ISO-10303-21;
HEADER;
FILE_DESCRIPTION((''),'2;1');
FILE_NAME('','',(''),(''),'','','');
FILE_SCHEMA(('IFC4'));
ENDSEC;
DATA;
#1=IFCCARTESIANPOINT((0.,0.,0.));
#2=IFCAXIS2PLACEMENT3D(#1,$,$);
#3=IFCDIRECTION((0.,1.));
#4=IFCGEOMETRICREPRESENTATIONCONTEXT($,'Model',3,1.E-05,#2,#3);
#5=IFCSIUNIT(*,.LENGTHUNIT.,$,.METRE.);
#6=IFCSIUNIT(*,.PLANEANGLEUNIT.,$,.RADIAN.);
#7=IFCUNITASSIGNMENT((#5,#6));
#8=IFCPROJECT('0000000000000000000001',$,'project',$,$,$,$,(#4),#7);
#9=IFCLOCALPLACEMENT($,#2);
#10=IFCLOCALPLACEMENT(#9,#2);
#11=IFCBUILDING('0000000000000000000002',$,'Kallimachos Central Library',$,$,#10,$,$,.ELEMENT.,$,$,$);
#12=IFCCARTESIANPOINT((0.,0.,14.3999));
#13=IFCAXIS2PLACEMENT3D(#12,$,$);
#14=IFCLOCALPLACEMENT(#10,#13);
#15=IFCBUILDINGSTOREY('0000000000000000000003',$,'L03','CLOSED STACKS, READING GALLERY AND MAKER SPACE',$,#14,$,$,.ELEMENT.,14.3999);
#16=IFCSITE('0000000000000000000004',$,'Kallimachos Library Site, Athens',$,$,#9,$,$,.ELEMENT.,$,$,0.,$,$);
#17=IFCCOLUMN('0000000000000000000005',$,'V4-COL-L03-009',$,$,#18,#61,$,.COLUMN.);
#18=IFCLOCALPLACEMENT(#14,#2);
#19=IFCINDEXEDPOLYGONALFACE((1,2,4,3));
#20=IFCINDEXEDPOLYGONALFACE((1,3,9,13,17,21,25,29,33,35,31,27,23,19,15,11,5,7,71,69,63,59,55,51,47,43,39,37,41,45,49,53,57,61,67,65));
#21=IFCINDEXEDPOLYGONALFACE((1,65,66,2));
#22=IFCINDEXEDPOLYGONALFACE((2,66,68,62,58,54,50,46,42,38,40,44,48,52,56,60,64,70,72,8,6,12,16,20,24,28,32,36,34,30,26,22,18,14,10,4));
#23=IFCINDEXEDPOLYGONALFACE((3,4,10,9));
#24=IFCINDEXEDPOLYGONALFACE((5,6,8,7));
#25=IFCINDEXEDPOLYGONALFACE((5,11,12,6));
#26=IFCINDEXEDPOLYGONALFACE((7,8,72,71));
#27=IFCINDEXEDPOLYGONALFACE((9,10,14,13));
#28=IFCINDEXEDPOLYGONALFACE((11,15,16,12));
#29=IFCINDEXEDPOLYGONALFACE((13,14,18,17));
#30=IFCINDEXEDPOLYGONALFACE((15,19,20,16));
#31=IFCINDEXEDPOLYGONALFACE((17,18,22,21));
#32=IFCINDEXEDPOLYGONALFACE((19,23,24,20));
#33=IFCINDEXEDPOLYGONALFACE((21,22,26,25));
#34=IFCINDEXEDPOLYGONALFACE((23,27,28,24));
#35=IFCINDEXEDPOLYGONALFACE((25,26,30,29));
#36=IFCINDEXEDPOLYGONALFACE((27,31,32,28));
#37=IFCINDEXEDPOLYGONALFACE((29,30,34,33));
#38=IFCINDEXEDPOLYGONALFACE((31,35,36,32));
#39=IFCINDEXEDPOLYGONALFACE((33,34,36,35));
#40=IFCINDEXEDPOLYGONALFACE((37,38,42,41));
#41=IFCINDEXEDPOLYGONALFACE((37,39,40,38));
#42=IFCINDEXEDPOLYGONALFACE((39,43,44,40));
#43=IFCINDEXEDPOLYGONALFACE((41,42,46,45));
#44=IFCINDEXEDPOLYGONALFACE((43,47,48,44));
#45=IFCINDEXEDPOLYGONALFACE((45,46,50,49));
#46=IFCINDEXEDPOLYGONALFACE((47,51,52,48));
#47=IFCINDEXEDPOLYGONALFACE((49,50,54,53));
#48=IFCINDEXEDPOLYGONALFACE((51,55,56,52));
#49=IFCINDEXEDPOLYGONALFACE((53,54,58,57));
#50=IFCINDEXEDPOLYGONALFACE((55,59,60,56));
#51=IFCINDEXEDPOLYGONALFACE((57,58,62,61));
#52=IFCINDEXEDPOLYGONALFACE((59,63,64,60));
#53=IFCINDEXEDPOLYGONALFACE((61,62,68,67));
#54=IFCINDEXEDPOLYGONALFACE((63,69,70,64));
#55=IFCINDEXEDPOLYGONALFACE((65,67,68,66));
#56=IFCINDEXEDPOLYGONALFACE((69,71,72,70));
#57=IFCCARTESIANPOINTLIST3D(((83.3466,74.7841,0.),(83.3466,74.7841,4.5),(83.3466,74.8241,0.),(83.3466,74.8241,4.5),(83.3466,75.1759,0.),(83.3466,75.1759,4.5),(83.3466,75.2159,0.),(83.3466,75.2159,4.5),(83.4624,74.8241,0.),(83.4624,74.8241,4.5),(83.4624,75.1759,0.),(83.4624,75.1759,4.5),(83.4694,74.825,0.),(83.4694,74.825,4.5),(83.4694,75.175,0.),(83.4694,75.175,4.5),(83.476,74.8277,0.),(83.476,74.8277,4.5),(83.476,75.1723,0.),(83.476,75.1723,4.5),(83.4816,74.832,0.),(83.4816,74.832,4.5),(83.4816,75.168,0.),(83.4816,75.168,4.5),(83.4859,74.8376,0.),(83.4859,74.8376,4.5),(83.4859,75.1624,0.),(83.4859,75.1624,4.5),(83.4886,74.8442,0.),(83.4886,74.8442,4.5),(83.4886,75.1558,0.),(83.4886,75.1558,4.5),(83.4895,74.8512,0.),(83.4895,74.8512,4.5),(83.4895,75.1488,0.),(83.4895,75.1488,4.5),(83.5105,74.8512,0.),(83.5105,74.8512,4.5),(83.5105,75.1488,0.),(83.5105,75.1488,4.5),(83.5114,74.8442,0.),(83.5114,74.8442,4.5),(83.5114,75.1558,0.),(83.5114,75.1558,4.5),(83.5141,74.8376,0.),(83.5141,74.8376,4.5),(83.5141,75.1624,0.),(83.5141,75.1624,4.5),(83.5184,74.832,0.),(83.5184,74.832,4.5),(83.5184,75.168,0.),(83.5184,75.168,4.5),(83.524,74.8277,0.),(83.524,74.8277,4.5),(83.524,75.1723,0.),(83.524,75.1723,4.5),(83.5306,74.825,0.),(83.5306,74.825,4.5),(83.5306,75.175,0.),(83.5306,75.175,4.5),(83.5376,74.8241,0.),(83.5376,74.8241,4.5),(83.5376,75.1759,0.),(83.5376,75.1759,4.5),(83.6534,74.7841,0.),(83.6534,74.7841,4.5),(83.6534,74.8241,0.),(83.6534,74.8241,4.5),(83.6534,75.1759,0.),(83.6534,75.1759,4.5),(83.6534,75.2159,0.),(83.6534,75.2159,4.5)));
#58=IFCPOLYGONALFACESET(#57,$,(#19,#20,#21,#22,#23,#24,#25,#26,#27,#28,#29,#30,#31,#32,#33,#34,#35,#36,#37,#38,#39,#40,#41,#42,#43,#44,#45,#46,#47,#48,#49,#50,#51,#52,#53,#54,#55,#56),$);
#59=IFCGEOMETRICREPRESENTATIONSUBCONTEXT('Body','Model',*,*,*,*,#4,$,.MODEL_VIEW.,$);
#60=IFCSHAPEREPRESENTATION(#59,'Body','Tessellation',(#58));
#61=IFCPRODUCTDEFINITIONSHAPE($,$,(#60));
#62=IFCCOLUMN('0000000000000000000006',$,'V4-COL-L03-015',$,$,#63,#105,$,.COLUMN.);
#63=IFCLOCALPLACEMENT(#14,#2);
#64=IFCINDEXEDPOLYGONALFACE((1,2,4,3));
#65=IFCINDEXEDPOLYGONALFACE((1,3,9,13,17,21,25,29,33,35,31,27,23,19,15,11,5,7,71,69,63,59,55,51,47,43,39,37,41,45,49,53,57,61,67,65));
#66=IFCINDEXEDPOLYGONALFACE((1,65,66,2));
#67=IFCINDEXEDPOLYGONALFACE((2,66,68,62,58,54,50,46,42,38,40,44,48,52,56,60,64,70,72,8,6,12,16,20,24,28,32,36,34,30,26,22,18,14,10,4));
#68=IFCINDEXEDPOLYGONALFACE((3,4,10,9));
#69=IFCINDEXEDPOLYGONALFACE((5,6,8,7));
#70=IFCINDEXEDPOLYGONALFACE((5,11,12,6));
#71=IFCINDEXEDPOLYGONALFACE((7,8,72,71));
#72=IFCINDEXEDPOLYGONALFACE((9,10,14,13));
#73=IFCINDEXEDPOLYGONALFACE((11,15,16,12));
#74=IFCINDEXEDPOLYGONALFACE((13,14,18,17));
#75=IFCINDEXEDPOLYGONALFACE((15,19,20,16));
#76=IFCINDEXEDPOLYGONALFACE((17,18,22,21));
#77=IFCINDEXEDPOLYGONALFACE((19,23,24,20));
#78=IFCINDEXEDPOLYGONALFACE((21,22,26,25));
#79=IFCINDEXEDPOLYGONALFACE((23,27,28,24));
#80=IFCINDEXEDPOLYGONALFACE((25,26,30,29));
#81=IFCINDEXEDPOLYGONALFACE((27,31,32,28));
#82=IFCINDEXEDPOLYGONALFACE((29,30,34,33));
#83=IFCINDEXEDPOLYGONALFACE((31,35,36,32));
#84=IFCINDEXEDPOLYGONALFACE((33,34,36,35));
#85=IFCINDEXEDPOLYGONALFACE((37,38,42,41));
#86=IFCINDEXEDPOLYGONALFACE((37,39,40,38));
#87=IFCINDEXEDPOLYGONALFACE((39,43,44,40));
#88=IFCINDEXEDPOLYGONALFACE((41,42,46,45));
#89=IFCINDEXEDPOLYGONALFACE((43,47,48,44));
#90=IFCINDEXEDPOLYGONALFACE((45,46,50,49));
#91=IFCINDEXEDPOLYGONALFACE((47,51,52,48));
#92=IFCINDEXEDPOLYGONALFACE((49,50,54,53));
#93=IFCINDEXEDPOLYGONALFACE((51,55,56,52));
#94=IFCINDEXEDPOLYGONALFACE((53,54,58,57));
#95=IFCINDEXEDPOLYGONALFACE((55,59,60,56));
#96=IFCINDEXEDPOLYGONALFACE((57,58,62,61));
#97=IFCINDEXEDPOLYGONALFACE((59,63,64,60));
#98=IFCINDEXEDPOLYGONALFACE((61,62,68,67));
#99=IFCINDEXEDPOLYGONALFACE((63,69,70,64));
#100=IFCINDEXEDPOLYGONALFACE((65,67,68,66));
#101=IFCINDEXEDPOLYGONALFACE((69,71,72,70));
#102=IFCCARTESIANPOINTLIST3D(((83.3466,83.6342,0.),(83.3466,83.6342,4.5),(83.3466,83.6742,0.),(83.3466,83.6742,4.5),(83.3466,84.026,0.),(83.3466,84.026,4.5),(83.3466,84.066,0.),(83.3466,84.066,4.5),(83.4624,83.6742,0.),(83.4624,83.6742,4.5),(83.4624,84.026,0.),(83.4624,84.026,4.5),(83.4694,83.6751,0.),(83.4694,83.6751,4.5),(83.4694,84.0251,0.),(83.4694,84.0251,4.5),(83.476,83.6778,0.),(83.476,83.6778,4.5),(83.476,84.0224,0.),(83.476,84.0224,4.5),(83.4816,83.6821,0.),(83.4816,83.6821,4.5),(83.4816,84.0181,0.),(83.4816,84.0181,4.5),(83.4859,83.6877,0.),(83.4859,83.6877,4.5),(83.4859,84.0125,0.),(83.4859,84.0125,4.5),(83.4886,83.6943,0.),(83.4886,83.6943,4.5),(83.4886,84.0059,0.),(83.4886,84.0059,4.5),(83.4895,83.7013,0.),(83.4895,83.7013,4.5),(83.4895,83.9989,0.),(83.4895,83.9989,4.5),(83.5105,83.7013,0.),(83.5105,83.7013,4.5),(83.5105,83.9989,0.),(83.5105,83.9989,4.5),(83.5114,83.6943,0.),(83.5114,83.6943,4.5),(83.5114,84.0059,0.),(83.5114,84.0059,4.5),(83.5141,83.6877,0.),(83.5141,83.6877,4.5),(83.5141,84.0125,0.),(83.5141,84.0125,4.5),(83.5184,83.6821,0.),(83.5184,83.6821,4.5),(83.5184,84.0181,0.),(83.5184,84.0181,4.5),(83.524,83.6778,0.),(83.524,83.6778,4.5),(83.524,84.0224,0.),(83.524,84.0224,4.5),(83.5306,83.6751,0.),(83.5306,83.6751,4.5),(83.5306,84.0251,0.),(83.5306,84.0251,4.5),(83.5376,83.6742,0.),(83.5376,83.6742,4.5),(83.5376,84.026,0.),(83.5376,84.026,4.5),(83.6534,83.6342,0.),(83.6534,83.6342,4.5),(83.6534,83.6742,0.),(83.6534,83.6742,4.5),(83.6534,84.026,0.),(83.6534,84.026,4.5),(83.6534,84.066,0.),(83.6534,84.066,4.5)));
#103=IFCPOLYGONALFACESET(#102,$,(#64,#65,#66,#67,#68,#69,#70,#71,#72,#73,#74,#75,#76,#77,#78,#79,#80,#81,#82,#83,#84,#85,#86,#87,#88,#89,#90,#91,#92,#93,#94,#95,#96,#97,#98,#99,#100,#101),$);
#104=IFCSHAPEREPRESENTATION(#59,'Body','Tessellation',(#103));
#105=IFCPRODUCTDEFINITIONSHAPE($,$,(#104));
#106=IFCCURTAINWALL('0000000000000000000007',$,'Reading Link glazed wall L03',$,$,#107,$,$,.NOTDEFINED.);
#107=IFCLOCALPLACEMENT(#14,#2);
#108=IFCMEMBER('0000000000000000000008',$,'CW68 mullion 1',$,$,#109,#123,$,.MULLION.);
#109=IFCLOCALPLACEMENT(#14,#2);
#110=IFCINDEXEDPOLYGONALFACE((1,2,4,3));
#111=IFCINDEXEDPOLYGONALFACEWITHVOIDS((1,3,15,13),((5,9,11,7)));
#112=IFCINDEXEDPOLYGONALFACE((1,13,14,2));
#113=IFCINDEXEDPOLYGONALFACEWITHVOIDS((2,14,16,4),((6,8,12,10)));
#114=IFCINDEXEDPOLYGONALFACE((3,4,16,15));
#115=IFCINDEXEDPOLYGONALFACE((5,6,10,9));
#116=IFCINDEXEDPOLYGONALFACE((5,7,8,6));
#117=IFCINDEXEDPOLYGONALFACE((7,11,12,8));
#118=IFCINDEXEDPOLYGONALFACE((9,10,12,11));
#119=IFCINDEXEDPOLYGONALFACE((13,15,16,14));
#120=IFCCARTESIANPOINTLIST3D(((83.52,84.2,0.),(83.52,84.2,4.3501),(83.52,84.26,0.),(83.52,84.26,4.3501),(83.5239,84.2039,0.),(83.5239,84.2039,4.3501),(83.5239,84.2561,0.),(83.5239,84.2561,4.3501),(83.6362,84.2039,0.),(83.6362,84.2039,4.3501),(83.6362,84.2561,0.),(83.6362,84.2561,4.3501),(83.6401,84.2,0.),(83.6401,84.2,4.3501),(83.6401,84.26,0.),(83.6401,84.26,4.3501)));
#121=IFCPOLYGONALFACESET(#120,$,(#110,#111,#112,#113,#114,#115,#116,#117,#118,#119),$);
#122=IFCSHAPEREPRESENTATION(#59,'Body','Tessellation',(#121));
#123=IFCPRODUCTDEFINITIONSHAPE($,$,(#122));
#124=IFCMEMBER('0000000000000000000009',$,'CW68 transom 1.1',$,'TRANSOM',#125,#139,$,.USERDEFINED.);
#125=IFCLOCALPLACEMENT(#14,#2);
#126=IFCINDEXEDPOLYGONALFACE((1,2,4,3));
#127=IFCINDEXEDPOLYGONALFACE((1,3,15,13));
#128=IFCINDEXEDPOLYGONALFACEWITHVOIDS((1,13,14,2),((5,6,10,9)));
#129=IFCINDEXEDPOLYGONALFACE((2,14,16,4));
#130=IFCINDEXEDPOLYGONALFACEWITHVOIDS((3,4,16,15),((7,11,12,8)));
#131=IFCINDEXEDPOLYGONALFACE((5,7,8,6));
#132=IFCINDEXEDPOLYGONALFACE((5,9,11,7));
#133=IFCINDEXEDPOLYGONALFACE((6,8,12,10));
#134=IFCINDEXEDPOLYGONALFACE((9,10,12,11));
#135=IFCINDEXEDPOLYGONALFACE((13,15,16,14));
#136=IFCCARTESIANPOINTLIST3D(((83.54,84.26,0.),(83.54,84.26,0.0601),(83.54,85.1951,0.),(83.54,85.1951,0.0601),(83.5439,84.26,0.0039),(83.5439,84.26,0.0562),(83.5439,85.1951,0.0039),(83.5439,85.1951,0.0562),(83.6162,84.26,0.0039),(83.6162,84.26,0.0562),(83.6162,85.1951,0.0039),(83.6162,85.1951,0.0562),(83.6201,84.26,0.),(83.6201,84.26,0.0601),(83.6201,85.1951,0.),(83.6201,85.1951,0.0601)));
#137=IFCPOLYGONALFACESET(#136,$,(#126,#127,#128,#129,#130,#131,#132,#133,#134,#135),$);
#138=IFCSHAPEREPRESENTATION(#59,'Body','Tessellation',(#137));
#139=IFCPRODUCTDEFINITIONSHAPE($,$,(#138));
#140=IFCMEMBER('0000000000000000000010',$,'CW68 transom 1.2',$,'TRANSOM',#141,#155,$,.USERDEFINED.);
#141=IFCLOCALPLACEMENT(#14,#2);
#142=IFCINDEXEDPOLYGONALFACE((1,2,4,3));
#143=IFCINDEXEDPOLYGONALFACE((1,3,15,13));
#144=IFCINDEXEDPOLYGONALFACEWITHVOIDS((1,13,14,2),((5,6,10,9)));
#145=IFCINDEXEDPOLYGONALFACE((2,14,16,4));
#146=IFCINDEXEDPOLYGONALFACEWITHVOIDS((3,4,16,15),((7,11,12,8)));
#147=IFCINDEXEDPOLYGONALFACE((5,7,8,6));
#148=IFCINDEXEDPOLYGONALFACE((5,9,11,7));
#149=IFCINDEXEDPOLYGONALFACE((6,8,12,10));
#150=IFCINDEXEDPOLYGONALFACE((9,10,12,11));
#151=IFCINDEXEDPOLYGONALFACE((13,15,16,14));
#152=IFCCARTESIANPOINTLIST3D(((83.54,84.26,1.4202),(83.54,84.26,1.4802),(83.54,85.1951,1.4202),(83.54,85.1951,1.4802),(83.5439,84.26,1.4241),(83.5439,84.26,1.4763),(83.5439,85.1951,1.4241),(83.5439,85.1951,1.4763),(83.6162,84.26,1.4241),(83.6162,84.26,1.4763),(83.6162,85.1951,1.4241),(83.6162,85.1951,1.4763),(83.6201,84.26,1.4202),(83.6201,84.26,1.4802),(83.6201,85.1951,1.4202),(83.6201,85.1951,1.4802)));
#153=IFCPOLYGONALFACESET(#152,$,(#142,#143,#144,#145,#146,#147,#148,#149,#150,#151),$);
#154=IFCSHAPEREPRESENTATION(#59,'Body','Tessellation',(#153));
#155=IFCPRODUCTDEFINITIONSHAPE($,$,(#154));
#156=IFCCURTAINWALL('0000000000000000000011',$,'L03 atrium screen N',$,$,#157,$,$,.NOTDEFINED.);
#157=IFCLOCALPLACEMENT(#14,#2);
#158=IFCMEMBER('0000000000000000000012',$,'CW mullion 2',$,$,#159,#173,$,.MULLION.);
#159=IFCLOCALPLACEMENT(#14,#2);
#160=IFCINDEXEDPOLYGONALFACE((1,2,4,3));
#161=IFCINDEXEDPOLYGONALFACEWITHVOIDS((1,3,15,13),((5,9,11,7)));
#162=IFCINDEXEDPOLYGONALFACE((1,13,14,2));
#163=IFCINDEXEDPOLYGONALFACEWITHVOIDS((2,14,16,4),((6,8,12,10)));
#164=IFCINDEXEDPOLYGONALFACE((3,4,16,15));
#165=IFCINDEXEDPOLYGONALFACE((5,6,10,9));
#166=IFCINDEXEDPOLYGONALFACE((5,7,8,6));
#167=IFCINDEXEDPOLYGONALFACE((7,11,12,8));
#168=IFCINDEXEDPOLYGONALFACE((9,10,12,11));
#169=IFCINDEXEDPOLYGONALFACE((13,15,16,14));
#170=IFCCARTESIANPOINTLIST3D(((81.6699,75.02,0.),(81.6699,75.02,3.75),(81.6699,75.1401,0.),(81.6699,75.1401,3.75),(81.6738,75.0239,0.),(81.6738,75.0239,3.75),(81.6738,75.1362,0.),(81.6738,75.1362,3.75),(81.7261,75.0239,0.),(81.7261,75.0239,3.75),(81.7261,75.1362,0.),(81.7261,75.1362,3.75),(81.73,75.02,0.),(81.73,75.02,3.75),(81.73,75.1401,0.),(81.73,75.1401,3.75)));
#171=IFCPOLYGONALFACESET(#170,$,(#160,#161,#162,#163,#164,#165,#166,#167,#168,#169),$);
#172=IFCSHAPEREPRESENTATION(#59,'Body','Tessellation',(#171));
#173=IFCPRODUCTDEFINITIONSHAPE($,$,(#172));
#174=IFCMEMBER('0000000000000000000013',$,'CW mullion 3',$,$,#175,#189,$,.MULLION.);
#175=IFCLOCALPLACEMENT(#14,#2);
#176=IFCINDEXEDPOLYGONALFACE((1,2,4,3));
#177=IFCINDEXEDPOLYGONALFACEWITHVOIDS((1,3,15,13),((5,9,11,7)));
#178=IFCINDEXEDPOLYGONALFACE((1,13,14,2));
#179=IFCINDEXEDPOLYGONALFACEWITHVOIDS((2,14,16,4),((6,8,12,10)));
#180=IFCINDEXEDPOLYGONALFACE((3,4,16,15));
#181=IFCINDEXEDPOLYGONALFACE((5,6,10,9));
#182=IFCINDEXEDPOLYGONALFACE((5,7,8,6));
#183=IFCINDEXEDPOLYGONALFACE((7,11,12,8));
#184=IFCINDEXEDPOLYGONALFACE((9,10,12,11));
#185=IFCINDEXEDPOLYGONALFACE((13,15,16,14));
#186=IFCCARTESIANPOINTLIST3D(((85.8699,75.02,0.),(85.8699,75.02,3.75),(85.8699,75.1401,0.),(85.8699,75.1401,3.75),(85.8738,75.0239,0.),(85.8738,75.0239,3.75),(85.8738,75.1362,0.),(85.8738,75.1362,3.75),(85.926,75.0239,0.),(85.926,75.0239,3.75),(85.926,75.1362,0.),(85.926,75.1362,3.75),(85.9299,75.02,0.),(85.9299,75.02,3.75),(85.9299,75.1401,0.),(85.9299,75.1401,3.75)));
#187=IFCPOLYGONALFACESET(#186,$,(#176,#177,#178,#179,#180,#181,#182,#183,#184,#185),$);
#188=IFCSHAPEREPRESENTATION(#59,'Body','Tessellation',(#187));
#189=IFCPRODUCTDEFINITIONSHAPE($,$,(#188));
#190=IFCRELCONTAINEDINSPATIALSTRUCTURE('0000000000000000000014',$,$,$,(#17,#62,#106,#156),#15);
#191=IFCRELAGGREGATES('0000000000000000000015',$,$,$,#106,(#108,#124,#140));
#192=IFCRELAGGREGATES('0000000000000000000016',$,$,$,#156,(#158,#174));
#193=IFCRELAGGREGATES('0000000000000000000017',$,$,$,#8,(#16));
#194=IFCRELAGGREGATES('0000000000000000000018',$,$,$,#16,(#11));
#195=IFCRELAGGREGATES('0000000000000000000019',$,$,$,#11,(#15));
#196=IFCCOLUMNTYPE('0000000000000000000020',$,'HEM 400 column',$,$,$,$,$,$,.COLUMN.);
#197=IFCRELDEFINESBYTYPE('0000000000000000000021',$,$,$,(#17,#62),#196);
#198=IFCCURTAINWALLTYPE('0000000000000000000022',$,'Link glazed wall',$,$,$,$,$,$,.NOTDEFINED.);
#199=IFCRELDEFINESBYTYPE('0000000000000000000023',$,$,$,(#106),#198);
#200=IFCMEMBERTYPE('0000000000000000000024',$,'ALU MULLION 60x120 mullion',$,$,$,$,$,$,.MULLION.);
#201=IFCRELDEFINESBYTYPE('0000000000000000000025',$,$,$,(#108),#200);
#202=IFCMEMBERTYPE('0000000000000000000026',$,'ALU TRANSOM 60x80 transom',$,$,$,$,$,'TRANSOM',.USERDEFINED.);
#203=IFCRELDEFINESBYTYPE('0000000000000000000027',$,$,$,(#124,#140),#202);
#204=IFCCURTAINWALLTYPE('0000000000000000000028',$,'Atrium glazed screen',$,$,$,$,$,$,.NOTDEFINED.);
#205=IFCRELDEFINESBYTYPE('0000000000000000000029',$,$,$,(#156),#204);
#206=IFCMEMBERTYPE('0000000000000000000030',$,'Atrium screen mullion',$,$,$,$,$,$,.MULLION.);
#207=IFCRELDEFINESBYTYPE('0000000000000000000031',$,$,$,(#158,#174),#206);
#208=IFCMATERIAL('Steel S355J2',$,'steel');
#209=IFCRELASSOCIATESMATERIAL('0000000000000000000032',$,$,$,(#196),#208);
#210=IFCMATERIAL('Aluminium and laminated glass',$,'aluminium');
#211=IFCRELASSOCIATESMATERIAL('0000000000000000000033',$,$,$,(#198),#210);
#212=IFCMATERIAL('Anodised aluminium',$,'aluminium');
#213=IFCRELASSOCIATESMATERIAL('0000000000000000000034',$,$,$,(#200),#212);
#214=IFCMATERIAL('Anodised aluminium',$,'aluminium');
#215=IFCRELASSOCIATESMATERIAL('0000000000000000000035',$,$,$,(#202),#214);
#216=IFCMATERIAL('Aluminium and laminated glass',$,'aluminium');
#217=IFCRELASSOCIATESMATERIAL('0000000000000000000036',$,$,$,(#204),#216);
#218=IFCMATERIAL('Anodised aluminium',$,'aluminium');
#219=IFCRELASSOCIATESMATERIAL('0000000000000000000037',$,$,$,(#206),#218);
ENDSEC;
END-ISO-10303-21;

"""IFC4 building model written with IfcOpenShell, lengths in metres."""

from ifc_helpers import new_model, si_unit, direction, frame, origin, origin_2d, place, context, subcontext, project, spatial, hollow_rectangle, i_section, extrude, material, material_profile, profile_set, type_object, element, aggregate, save


model = new_model("IFC4")

# Units and contexts
model_context = context("Model", 3, precision=1e-05, world=origin(), true_north=direction((0.0, 1.0)))
body_context = subcontext(model_context, "Body", "Model", "MODEL_VIEW")
ifc_project = project(units=[si_unit("LENGTHUNIT", "METRE"), si_unit("PLANEANGLEUNIT", "RADIAN")], contexts=[model_context])

# Site, building, storey
site_placement = place(None, origin())
site = spatial("IfcSite", under=ifc_project, at=site_placement, Name="Kallimachos Library Site, Athens", CompositionType="ELEMENT", RefElevation=0.0)
building_placement = place(site_placement, origin())
building = spatial("IfcBuilding", under=site, at=building_placement, Name="Kallimachos Central Library", CompositionType="ELEMENT")
storey_placement = place(building_placement, frame((0.0, 0.0, 14.3999)))
storey = spatial("IfcBuildingStorey", under=building, at=storey_placement, Name="L03", Description="CLOSED STACKS, READING GALLERY AND MAKER SPACE", CompositionType="ELEMENT", Elevation=14.3999)

# Columns
ifc_material_1 = material(Name="Steel S355J2", Category="steel")
ifc_material_profile_1 = material_profile(ifc_material_1, i_section(OverallWidth=0.3069, OverallDepth=0.4319, WebThickness=0.021, FlangeThickness=0.04, FilletRadius=0.0271, at=origin_2d()), Name="HEM 400")
ifc_profile_set_1 = profile_set([ifc_material_profile_1], Name="Steel S355J2")
column_type = type_object("IfcColumnType", Name="HEM 400 column", PredefinedType="COLUMN", material=ifc_profile_set_1)
for number, where, z_axis, x_axis, name in (
    (1, (83.5, 75.0, 0.0), (0.0, 0.0, 1.0), (1.0, 0.0, 0.0), "V4-COL-L03-009"),
    (2, (83.5, 83.8501, 0.0), (0.0, 0.0, 1.0), (1.0, 0.0, 0.0), "V4-COL-L03-015"),
):
    element("IfcColumn", number, at=place(storey_placement, frame(where, z_axis=z_axis, x_axis=x_axis)), inside=storey, type_object=column_type, Name=name, PredefinedType="COLUMN", context=body_context, shape_type="SweptSolid", body=[
        extrude(i_section(OverallWidth=0.3069, OverallDepth=0.4319, WebThickness=0.021, FlangeThickness=0.04, FilletRadius=0.0271, at=origin_2d()), origin(), (0.0, 0.0, 1.0), 4.5),
    ])

# Curtain walls, members
ifc_material_2 = material(Name="Aluminium and laminated glass", Category="aluminium")
curtain_wall_type_1 = type_object("IfcCurtainWallType", Name="Link glazed wall", PredefinedType="NOTDEFINED", material=ifc_material_2)
curtain_wall_1_placement = place(storey_placement, origin())
curtain_wall_1 = element("IfcCurtainWall", 3, at=curtain_wall_1_placement, inside=storey, type_object=curtain_wall_type_1, Name="Reading Link glazed wall L03", PredefinedType="NOTDEFINED")
ifc_material_3 = material(Name="Anodised aluminium", Category="aluminium")
ifc_material_profile_2 = material_profile(ifc_material_3, hollow_rectangle(XDim=0.0601, YDim=0.1201, WallThickness=0.0039, at=origin_2d()), Name="ALU MULLION 60x120")
ifc_profile_set_2 = profile_set([ifc_material_profile_2], Name="Anodised aluminium")
member_type_1 = type_object("IfcMemberType", Name="ALU MULLION 60x120 mullion", PredefinedType="MULLION", material=ifc_profile_set_2)
member_1_placement = place(storey_placement, frame((83.5801, 84.23, 0.0), z_axis=(0.0, 0.0, 1.0), x_axis=(0.0, 1.0, 0.0)))
member_1 = element("IfcMember", 4, at=member_1_placement, type_object=member_type_1, Name="CW68 mullion 1", PredefinedType="MULLION", context=body_context, shape_type="SweptSolid", body=[
    extrude(hollow_rectangle(XDim=0.0601, YDim=0.1201, WallThickness=0.0039, at=origin_2d()), origin(), (0.0, 0.0, 1.0), 4.3501),
])
ifc_material_4 = material(Name="Anodised aluminium", Category="aluminium")
ifc_material_profile_3 = material_profile(ifc_material_4, hollow_rectangle(XDim=0.0601, YDim=0.0801, WallThickness=0.0039, at=origin_2d()), Name="ALU TRANSOM 60x80")
ifc_profile_set_3 = profile_set([ifc_material_profile_3], Name="Anodised aluminium")
member_type_2 = type_object("IfcMemberType", Name="ALU TRANSOM 60x80 transom", ElementType="TRANSOM", PredefinedType="USERDEFINED", material=ifc_profile_set_3)
member_2_placement = place(storey_placement, frame((83.5801, 84.26, 0.03), z_axis=(0.0, 1.0, 0.0), x_axis=(0.0, 0.0, 1.0)))
member_2 = element("IfcMember", 5, at=member_2_placement, type_object=member_type_2, Name="CW68 transom 1.1", ObjectType="TRANSOM", PredefinedType="USERDEFINED", context=body_context, shape_type="SweptSolid", body=[
    extrude(hollow_rectangle(XDim=0.0601, YDim=0.0801, WallThickness=0.0039, at=origin_2d()), origin(), (0.0, 0.0, 1.0), 0.9351),
])
member_3_placement = place(storey_placement, frame((83.5801, 84.26, 1.4502), z_axis=(0.0, 1.0, 0.0), x_axis=(0.0, 0.0, 1.0)))
member_3 = element("IfcMember", 6, at=member_3_placement, type_object=member_type_2, Name="CW68 transom 1.2", ObjectType="TRANSOM", PredefinedType="USERDEFINED", context=body_context, shape_type="SweptSolid", body=[
    extrude(hollow_rectangle(XDim=0.0601, YDim=0.0801, WallThickness=0.0039, at=origin_2d()), origin(), (0.0, 0.0, 1.0), 0.9351),
])
aggregate(curtain_wall_1, [member_1, member_2, member_3])
ifc_material_5 = material(Name="Aluminium and laminated glass", Category="aluminium")
curtain_wall_type_2 = type_object("IfcCurtainWallType", Name="Atrium glazed screen", PredefinedType="NOTDEFINED", material=ifc_material_5)
curtain_wall_2_placement = place(storey_placement, origin())
curtain_wall_2 = element("IfcCurtainWall", 7, at=curtain_wall_2_placement, inside=storey, type_object=curtain_wall_type_2, Name="L03 atrium screen N", PredefinedType="NOTDEFINED")
ifc_material_6 = material(Name="Anodised aluminium", Category="aluminium")
ifc_material_profile_4 = material_profile(ifc_material_6, hollow_rectangle(XDim=0.0601, YDim=0.1201, WallThickness=0.0039, at=origin_2d()), Name="ALU MULLION 60x120")
ifc_profile_set_4 = profile_set([ifc_material_profile_4], Name="Anodised aluminium")
member_type_3 = type_object("IfcMemberType", Name="Atrium screen mullion", PredefinedType="MULLION", material=ifc_profile_set_4)
member_4_placement = place(storey_placement, frame((81.7, 75.0801, 0.0), z_axis=(0.0, 0.0, 1.0), x_axis=(1.0, 0.0, 0.0)))
member_4 = element("IfcMember", 8, at=member_4_placement, type_object=member_type_3, Name="CW mullion 2", PredefinedType="MULLION", context=body_context, shape_type="SweptSolid", body=[
    extrude(hollow_rectangle(XDim=0.0601, YDim=0.1201, WallThickness=0.0039, at=origin_2d()), origin(), (0.0, 0.0, 1.0), 3.75),
])
member_5_placement = place(storey_placement, frame((85.8999, 75.0801, 0.0), z_axis=(0.0, 0.0, 1.0), x_axis=(1.0, 0.0, 0.0)))
member_5 = element("IfcMember", 9, at=member_5_placement, type_object=member_type_3, Name="CW mullion 3", PredefinedType="MULLION", context=body_context, shape_type="SweptSolid", body=[
    extrude(hollow_rectangle(XDim=0.0601, YDim=0.1201, WallThickness=0.0039, at=origin_2d()), origin(), (0.0, 0.0, 1.0), 3.75),
])

aggregate(curtain_wall_2, [member_4, member_5])

save(model, "model.ifc")
